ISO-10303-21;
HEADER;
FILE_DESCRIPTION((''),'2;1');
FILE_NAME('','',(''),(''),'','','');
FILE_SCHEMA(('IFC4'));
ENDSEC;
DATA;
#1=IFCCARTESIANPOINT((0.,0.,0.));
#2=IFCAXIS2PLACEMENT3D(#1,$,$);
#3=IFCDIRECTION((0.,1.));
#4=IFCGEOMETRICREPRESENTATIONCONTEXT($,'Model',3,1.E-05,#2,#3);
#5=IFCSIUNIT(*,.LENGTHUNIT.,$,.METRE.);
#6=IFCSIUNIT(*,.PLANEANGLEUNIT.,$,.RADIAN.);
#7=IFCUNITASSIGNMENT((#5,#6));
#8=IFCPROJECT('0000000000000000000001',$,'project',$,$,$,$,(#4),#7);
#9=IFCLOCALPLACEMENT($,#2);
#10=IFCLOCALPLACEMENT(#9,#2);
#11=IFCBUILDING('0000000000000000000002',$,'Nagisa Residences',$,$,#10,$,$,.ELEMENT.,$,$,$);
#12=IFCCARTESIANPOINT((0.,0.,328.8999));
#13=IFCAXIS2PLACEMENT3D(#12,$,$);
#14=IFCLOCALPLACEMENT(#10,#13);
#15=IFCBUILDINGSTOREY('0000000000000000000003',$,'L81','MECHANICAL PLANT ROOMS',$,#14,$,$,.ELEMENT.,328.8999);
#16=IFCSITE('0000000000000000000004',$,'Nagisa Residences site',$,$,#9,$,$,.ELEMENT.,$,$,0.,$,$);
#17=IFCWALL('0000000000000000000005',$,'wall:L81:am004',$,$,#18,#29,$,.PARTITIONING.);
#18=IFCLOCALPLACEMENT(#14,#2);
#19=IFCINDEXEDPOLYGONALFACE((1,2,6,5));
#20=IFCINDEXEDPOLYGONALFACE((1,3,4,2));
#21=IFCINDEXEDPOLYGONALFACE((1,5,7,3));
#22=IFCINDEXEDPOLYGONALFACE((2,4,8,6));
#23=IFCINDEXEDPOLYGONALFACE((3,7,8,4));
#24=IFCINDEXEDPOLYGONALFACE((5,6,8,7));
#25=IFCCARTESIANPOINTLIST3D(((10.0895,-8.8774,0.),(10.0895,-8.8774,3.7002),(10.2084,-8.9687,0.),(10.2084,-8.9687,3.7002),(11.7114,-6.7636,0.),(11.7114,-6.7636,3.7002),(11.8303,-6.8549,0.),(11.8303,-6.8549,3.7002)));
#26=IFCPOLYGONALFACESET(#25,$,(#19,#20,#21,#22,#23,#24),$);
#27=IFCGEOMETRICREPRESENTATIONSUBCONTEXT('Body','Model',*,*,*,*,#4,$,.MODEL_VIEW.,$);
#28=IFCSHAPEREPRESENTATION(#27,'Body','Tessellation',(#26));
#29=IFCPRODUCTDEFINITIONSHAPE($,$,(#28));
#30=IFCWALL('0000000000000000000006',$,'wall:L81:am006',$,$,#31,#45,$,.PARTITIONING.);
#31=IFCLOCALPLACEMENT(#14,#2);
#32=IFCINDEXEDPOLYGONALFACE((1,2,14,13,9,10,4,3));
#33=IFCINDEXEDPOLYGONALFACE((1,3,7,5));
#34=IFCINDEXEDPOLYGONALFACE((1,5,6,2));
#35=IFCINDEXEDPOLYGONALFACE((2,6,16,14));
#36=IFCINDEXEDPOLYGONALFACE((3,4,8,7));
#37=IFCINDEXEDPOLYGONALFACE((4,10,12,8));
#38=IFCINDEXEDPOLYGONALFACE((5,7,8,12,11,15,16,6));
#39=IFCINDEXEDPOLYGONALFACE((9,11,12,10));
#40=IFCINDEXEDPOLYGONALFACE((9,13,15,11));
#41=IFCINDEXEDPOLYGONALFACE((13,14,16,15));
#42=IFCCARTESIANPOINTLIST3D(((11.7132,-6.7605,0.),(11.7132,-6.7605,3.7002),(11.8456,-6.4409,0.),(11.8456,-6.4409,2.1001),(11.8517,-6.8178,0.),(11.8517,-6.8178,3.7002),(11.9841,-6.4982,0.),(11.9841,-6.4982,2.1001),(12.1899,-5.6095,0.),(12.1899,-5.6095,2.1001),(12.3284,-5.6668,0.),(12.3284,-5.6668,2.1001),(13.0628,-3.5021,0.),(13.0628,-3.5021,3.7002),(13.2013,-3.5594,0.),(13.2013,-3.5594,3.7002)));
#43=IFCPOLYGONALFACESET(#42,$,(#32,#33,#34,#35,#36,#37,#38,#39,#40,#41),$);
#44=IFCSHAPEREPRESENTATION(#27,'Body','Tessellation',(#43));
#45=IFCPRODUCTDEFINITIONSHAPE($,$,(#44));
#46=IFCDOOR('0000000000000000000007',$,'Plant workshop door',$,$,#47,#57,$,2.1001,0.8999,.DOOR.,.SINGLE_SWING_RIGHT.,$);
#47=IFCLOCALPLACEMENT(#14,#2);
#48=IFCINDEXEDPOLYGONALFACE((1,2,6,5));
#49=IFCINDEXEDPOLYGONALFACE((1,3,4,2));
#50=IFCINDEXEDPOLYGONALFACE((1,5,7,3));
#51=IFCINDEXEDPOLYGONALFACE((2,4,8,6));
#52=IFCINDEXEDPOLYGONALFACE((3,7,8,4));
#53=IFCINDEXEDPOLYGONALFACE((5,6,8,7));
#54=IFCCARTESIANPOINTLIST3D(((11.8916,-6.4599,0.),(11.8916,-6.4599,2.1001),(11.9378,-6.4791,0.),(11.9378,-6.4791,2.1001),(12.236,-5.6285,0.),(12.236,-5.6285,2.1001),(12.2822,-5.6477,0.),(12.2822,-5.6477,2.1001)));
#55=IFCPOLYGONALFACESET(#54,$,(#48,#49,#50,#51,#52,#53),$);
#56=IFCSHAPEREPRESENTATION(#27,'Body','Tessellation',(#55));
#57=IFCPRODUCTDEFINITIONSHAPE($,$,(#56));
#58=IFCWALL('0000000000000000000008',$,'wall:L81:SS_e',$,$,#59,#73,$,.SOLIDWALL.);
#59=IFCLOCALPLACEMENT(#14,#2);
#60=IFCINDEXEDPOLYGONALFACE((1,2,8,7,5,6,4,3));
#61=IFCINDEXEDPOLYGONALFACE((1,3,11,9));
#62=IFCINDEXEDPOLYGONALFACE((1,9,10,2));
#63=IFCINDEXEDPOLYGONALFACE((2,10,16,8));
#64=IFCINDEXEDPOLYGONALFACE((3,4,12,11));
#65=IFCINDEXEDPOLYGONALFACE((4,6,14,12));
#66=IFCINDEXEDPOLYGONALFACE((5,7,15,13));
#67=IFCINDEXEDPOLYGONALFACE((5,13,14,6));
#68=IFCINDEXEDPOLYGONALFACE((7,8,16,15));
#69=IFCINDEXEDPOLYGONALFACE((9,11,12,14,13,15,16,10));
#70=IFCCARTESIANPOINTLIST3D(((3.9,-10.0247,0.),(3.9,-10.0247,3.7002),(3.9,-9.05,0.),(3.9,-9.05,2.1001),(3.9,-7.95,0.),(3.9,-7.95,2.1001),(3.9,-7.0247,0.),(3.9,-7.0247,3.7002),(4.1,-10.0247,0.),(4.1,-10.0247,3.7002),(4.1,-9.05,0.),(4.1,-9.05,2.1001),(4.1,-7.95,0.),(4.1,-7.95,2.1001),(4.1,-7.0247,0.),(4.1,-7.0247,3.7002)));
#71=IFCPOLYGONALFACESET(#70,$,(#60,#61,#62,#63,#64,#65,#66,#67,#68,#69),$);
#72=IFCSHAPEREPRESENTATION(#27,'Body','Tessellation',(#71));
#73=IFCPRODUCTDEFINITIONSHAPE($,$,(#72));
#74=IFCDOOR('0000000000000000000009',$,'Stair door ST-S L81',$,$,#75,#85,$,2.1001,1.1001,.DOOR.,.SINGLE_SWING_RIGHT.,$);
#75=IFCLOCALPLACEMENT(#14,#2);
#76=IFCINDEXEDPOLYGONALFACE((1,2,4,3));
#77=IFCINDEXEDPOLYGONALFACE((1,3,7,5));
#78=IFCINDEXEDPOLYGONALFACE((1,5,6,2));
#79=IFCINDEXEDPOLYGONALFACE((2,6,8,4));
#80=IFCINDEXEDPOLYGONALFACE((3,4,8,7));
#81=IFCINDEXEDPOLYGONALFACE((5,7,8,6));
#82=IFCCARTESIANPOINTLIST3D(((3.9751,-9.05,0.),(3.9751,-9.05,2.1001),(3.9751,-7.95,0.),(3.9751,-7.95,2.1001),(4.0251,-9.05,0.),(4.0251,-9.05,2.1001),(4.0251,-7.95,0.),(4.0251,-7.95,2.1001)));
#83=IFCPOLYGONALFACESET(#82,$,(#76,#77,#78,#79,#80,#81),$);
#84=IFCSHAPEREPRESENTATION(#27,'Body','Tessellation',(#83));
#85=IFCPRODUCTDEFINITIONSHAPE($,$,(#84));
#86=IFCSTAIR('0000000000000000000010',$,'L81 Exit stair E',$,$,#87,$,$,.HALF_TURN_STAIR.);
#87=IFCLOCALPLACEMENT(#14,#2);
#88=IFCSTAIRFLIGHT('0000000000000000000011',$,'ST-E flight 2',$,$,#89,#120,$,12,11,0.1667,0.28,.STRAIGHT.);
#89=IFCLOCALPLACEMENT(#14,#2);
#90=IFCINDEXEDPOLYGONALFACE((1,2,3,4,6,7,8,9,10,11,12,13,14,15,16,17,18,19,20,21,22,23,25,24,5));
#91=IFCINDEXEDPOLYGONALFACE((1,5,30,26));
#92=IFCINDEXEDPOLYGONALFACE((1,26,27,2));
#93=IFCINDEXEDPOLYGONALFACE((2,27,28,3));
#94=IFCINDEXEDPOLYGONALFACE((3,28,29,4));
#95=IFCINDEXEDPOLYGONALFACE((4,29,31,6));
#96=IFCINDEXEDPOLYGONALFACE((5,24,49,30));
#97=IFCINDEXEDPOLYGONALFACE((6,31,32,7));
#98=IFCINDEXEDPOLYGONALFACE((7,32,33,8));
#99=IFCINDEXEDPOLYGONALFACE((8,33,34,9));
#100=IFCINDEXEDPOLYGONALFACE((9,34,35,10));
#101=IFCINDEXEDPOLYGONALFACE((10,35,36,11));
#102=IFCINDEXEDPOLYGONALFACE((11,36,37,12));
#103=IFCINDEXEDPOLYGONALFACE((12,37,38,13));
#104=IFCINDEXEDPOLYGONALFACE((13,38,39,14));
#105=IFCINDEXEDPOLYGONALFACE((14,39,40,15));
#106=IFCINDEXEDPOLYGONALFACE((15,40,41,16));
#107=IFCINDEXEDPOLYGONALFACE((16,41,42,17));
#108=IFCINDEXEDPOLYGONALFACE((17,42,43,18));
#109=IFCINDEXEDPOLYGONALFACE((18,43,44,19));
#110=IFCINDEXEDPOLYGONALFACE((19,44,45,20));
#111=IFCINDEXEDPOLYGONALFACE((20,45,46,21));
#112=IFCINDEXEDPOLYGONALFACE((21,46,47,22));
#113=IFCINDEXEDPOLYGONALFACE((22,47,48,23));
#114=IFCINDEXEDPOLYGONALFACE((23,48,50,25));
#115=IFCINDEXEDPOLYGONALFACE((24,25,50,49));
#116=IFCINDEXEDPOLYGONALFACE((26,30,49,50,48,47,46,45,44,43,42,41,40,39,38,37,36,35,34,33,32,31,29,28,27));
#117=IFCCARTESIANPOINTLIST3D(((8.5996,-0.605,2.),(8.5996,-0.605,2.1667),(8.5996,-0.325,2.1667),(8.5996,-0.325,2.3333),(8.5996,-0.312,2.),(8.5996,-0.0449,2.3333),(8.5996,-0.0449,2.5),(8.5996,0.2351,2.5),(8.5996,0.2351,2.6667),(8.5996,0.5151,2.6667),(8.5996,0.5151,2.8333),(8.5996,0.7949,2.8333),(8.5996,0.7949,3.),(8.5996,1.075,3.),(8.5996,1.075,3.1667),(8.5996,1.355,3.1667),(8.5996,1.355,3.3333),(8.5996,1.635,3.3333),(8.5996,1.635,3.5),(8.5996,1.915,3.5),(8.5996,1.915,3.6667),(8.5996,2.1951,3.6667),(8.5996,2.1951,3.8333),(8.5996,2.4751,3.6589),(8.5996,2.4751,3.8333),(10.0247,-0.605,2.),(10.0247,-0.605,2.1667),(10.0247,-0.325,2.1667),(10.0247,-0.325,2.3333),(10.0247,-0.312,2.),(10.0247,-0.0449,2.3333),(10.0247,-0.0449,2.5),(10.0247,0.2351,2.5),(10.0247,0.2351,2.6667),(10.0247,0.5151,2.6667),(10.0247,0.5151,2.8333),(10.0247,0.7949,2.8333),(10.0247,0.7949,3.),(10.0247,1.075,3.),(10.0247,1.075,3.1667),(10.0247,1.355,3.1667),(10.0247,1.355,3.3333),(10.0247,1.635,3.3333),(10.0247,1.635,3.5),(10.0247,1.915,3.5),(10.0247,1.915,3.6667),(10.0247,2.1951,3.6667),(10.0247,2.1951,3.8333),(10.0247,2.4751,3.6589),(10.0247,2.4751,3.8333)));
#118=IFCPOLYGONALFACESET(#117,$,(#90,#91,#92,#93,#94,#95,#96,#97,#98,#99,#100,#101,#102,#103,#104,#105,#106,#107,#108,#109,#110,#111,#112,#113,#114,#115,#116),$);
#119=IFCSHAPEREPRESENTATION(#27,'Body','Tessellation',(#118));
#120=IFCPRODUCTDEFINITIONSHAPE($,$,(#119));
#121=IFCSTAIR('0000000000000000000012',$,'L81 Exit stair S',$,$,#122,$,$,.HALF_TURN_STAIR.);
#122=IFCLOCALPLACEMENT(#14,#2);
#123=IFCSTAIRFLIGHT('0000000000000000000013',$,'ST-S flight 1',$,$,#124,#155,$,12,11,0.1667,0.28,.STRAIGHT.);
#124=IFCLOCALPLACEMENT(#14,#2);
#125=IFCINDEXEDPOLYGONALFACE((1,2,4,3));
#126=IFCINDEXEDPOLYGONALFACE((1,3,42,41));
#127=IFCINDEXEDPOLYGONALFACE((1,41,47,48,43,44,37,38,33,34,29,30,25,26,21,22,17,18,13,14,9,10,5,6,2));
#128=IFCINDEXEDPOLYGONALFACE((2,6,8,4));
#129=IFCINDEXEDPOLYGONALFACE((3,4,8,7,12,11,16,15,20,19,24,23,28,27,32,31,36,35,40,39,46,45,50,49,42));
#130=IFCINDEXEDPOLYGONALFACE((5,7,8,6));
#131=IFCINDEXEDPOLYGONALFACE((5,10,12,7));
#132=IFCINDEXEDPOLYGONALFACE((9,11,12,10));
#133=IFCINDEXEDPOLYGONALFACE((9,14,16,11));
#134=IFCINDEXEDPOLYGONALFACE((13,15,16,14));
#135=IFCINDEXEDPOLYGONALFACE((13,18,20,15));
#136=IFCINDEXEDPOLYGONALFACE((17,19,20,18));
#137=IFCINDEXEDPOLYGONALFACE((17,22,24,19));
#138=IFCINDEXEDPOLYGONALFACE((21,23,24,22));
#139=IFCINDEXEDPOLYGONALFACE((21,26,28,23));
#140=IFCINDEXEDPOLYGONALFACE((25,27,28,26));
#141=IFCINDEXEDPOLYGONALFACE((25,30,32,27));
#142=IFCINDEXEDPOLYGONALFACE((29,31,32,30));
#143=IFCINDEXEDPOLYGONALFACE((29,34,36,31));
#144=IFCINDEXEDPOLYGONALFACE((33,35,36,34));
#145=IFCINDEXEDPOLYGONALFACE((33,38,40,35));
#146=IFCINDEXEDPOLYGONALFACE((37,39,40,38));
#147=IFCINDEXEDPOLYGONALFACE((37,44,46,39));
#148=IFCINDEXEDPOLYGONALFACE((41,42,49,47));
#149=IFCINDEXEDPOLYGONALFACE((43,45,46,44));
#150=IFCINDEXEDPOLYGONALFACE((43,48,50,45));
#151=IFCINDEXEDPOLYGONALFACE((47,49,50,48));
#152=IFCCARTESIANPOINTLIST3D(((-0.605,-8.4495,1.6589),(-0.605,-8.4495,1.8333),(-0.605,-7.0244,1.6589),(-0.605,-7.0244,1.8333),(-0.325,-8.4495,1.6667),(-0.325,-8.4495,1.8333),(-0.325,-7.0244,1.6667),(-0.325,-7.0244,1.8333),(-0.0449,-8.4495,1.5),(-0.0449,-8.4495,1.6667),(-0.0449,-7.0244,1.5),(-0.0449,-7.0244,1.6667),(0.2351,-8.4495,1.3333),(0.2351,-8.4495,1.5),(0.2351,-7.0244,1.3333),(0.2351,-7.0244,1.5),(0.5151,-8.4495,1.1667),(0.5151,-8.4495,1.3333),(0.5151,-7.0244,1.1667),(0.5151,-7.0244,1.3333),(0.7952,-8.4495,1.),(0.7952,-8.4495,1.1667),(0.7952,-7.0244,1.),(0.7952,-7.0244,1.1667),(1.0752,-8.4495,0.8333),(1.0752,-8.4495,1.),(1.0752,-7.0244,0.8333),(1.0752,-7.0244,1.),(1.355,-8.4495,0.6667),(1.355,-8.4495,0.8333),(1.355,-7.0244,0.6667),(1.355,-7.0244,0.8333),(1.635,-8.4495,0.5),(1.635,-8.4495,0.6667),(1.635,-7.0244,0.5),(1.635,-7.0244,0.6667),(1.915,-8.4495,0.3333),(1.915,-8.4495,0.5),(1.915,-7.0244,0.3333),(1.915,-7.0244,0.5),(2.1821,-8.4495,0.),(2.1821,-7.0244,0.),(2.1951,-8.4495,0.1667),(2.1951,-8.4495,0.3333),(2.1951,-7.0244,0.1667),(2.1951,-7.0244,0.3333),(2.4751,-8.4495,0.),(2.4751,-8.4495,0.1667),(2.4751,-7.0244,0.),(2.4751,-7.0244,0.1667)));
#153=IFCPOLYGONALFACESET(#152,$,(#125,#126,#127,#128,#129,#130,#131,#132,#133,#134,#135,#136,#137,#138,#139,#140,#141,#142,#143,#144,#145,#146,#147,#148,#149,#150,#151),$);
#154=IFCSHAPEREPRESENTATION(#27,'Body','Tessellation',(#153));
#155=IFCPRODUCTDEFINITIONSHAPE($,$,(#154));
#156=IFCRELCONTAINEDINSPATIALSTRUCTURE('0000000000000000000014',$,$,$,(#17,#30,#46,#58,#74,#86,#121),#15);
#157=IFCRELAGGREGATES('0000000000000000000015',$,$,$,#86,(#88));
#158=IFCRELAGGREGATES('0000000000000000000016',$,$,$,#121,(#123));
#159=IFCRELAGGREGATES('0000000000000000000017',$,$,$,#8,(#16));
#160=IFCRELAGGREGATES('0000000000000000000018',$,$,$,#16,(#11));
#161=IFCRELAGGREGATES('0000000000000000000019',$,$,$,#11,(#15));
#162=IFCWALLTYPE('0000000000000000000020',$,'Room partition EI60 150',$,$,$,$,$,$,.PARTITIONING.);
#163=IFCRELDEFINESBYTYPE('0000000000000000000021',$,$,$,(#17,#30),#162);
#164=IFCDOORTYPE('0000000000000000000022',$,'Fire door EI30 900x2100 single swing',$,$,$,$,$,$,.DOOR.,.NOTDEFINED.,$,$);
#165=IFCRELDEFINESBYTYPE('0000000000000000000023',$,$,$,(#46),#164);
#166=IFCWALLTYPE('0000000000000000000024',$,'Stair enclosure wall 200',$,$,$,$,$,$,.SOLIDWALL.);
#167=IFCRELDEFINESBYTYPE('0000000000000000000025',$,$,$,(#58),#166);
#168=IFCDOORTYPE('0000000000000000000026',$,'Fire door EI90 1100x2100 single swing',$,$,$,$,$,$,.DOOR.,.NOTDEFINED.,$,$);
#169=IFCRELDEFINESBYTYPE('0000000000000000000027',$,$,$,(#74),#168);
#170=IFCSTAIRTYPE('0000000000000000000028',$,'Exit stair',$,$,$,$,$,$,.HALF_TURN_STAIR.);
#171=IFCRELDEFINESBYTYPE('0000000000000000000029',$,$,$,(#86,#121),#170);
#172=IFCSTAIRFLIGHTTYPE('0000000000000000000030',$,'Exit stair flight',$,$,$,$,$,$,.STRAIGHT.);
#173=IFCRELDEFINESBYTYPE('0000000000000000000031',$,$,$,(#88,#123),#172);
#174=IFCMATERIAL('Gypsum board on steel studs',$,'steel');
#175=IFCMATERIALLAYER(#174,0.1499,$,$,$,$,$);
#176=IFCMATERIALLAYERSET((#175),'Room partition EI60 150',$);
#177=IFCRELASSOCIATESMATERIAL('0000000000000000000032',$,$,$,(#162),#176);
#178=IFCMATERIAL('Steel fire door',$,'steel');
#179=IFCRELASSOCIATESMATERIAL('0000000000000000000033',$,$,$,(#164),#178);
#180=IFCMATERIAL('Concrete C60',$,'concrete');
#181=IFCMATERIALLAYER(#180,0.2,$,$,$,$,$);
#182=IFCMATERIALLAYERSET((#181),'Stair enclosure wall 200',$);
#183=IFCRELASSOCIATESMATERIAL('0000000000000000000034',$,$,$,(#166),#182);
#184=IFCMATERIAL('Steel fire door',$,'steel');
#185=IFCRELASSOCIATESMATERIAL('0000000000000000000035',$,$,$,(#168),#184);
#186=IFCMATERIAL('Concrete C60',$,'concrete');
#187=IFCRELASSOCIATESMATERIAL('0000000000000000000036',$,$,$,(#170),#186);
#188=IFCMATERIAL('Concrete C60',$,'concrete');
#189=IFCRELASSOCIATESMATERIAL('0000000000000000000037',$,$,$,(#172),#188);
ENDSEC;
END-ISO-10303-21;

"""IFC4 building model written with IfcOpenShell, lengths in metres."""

from ifc_helpers import new_model, si_unit, direction, frame, frame_2d, origin, place, context, subcontext, project, spatial, polyline, rectangle, outline, extrude, material, layer, layer_set, type_object, element, fill, aggregate, save


model = new_model("IFC4")

# Units and contexts
model_context = context("Model", 3, precision=1e-05, world=origin(), true_north=direction((0.0, 1.0)))
body_context = subcontext(model_context, "Body", "Model", "MODEL_VIEW")
ifc_project = project(units=[si_unit("LENGTHUNIT", "METRE"), si_unit("PLANEANGLEUNIT", "RADIAN")], contexts=[model_context])

# Site, building, storey
site_placement = place(None, origin())
site = spatial("IfcSite", under=ifc_project, at=site_placement, Name="Nagisa Residences site", CompositionType="ELEMENT", RefElevation=0.0)
building_placement = place(site_placement, origin())
building = spatial("IfcBuilding", under=site, at=building_placement, Name="Nagisa Residences", CompositionType="ELEMENT")
storey_placement = place(building_placement, frame((0.0, 0.0, 328.8999)))
storey = spatial("IfcBuildingStorey", under=building, at=storey_placement, Name="L81", Description="MECHANICAL PLANT ROOMS", CompositionType="ELEMENT", Elevation=328.8999)

# Shared definitions
ifc_material_1 = material(Name="Gypsum board on steel studs", Category="steel")
ifc_layer_1 = layer(ifc_material_1, 0.1499)
ifc_layer_set_1 = layer_set([ifc_layer_1], Name="Room partition EI60 150")
wall_type_1 = type_object("IfcWallType", Name="Room partition EI60 150", PredefinedType="PARTITIONING", material=ifc_layer_set_1)
ifc_material_2 = material(Name="Steel fire door", Category="steel")
door_type_1 = type_object("IfcDoorType", Name="Fire door EI30 900x2100 single swing", OperationType="NOTDEFINED", PredefinedType="DOOR", material=ifc_material_2)

# Wall
wall_1_placement = place(storey_placement, frame((11.7708, -6.8093, 0.0), z_axis=(0.0, 0.0, 1.0), x_axis=(-0.608732, -0.793376, 0.0)))
element("IfcWall", 1, at=wall_1_placement, inside=storey, type_object=wall_type_1, Name="wall:L81:am004", PredefinedType="PARTITIONING", context=body_context, shape_type="SweptSolid", body=[
    extrude(rectangle(XDim=2.6643, YDim=0.1499, at=frame_2d((1.332, 0.0))), origin(), (0.0, 0.0, 1.0), 3.7002),
])

# Walls, openings, doors
wall_2_placement = place(storey_placement, frame((13.1321, -3.5308, 0.0), z_axis=(0.0, 0.0, 1.0), x_axis=(-0.382678, -0.923882, 0.0)))
wall_2 = element("IfcWall", 2, at=wall_2_placement, inside=storey, type_object=wall_type_1, Name="wall:L81:am006", PredefinedType="PARTITIONING", context=body_context, shape_type="SweptSolid", body=[
    extrude(rectangle(XDim=3.5269, YDim=0.1499, at=frame_2d((1.7634, 0.0))), origin(), (0.0, 0.0, 1.0), 3.7002),
])
opening_1_placement = place(wall_2_placement, frame((2.281, 0.0, 0.0)))
opening_1 = element("IfcOpeningElement", 3, at=opening_1_placement, cuts=wall_2, PredefinedType="OPENING", context=body_context, shape_type="SweptSolid", body=[
    extrude(rectangle(XDim=0.8999, YDim=2.1001, at=frame_2d((0.45, 1.05))), frame((0.0, 0.085, 0.0), z_axis=(0.0, -1.0, 0.0), x_axis=(1.0, 0.0, 0.0)), (0.0, 0.0, 1.0), 0.1699),
])
door_1_placement = place(opening_1_placement, origin())
door_1 = element("IfcDoor", 4, at=door_1_placement, inside=storey, type_object=door_type_1, Name="Plant workshop door", OperationType="SINGLE_SWING_RIGHT", OverallHeight=2.1001, OverallWidth=0.8999, PredefinedType="DOOR", context=body_context, shape_type="SweptSolid", body=[
    extrude(rectangle(XDim=0.8999, YDim=2.1001, at=frame_2d((0.45, 1.05))), frame((0.0, 0.0249, 0.0), z_axis=(0.0, -1.0, 0.0), x_axis=(1.0, 0.0, 0.0)), (0.0, 0.0, 1.0), 0.05),
])
fill(opening_1, door_1)
ifc_material_3 = material(Name="Concrete C60", Category="concrete")
ifc_layer_2 = layer(ifc_material_3, 0.2)
ifc_layer_set_2 = layer_set([ifc_layer_2], Name="Stair enclosure wall 200")
wall_type_2 = type_object("IfcWallType", Name="Stair enclosure wall 200", PredefinedType="SOLIDWALL", material=ifc_layer_set_2)
wall_3_placement = place(storey_placement, frame((4.0, -10.0247, 0.0), z_axis=(0.0, 0.0, 1.0), x_axis=(0.0, 1.0, 0.0)))
wall_3 = element("IfcWall", 5, at=wall_3_placement, inside=storey, type_object=wall_type_2, Name="wall:L81:SS_e", PredefinedType="SOLIDWALL", context=body_context, shape_type="SweptSolid", body=[
    extrude(rectangle(XDim=3.0, YDim=0.2, at=frame_2d((1.5, 0.0))), origin(), (0.0, 0.0, 1.0), 3.7002),
])
opening_2_placement = place(wall_3_placement, frame((0.9746, 0.0, 0.0)))
opening_2 = element("IfcOpeningElement", 6, at=opening_2_placement, cuts=wall_3, PredefinedType="OPENING", context=body_context, shape_type="SweptSolid", body=[
    extrude(rectangle(XDim=1.1001, YDim=2.1001, at=frame_2d((0.55, 1.05))), frame((0.0, 0.1099, 0.0), z_axis=(0.0, -1.0, 0.0), x_axis=(1.0, 0.0, 0.0)), (0.0, 0.0, 1.0), 0.22),
])
ifc_material_4 = material(Name="Steel fire door", Category="steel")
door_type_2 = type_object("IfcDoorType", Name="Fire door EI90 1100x2100 single swing", OperationType="NOTDEFINED", PredefinedType="DOOR", material=ifc_material_4)
door_2_placement = place(opening_2_placement, origin())
door_2 = element("IfcDoor", 7, at=door_2_placement, inside=storey, type_object=door_type_2, Name="Stair door ST-S L81", OperationType="SINGLE_SWING_RIGHT", OverallHeight=2.1001, OverallWidth=1.1001, PredefinedType="DOOR", context=body_context, shape_type="SweptSolid", body=[
    extrude(rectangle(XDim=1.1001, YDim=2.1001, at=frame_2d((0.55, 1.05))), frame((0.0, 0.0249, 0.0), z_axis=(0.0, -1.0, 0.0), x_axis=(1.0, 0.0, 0.0)), (0.0, 0.0, 1.0), 0.05),
])
fill(opening_2, door_2)

# Stairs, stair flights
ifc_material_5 = material(Name="Concrete C60", Category="concrete")
stair_type = type_object("IfcStairType", Name="Exit stair", PredefinedType="HALF_TURN_STAIR", material=ifc_material_5)
stair_1_placement = place(storey_placement, origin())
stair_1 = element("IfcStair", 8, at=stair_1_placement, inside=storey, type_object=stair_type, Name="L81 Exit stair E", PredefinedType="HALF_TURN_STAIR")
ifc_material_6 = material(Name="Concrete C60", Category="concrete")
stair_flight_type = type_object("IfcStairFlightType", Name="Exit stair flight", PredefinedType="STRAIGHT", material=ifc_material_6)
stair_flight_1_placement = place(storey_placement, frame((9.312, -0.605, 2.0), z_axis=(0.0, 0.0, 1.0), x_axis=(0.0, 1.0, 0.0)))
stair_flight_1 = element("IfcStairFlight", 9, at=stair_flight_1_placement, type_object=stair_flight_type, Name="ST-E flight 2", NumberOfRisers=12, NumberOfTreads=11, PredefinedType="STRAIGHT", RiserHeight=0.1667, TreadLength=0.28, context=body_context, shape_type="SweptSolid", body=[
    extrude(outline(polyline([(0.0, 0.0), (0.0, 0.1667), (0.28, 0.1667), (0.28, 0.3333), (0.5601, 0.3333), (0.5601, 0.5), (0.8401, 0.5), (0.8401, 0.6667), (1.1201, 0.6667), (1.1201, 0.8333), (1.3999, 0.8333), (1.3999, 1.0), (1.6799, 1.0), (1.6799, 1.1667), (1.96, 1.1667), (1.96, 1.3333), (2.24, 1.3333), (2.24, 1.5), (2.52, 1.5), (2.52, 1.6667), (2.8, 1.6667), (2.8, 1.8333), (3.0801, 1.8333), (3.0801, 2.0), (3.0801, 1.6589), (0.293, 0.0), (0.0, 0.0)])), frame((0.0, 0.7124, 0.0), z_axis=(0.0, -1.0, 0.0), x_axis=(1.0, 0.0, 0.0)), (0.0, 0.0, 1.0), 1.425),
])
aggregate(stair_1, [stair_flight_1])
stair_2_placement = place(storey_placement, origin())
stair_2 = element("IfcStair", 10, at=stair_2_placement, inside=storey, type_object=stair_type, Name="L81 Exit stair S", PredefinedType="HALF_TURN_STAIR")
stair_flight_2_placement = place(storey_placement, frame((2.4751, -7.7371, 0.0), z_axis=(0.0, 0.0, 1.0), x_axis=(-1.0, 0.0, 0.0)))
stair_flight_2 = element("IfcStairFlight", 11, at=stair_flight_2_placement, type_object=stair_flight_type, Name="ST-S flight 1", NumberOfRisers=12, NumberOfTreads=11, PredefinedType="STRAIGHT", RiserHeight=0.1667, TreadLength=0.28, context=body_context, shape_type="SweptSolid", body=[
    extrude(outline(polyline([(0.0, 0.0), (0.0, 0.1667), (0.28, 0.1667), (0.28, 0.3333), (0.5601, 0.3333), (0.5601, 0.5), (0.8401, 0.5), (0.8401, 0.6667), (1.1201, 0.6667), (1.1201, 0.8333), (1.3999, 0.8333), (1.3999, 1.0), (1.6799, 1.0), (1.6799, 1.1667), (1.96, 1.1667), (1.96, 1.3333), (2.24, 1.3333), (2.24, 1.5), (2.52, 1.5), (2.52, 1.6667), (2.8, 1.6667), (2.8, 1.8333), (3.0801, 1.8333), (3.0801, 2.0), (3.0801, 1.6589), (0.293, 0.0), (0.0, 0.0)])), frame((0.0, 0.7124, 0.0), z_axis=(0.0, -1.0, 0.0), x_axis=(1.0, 0.0, 0.0)), (0.0, 0.0, 1.0), 1.425),
])
aggregate(stair_2, [stair_flight_2])

save(model, "model.ifc")
